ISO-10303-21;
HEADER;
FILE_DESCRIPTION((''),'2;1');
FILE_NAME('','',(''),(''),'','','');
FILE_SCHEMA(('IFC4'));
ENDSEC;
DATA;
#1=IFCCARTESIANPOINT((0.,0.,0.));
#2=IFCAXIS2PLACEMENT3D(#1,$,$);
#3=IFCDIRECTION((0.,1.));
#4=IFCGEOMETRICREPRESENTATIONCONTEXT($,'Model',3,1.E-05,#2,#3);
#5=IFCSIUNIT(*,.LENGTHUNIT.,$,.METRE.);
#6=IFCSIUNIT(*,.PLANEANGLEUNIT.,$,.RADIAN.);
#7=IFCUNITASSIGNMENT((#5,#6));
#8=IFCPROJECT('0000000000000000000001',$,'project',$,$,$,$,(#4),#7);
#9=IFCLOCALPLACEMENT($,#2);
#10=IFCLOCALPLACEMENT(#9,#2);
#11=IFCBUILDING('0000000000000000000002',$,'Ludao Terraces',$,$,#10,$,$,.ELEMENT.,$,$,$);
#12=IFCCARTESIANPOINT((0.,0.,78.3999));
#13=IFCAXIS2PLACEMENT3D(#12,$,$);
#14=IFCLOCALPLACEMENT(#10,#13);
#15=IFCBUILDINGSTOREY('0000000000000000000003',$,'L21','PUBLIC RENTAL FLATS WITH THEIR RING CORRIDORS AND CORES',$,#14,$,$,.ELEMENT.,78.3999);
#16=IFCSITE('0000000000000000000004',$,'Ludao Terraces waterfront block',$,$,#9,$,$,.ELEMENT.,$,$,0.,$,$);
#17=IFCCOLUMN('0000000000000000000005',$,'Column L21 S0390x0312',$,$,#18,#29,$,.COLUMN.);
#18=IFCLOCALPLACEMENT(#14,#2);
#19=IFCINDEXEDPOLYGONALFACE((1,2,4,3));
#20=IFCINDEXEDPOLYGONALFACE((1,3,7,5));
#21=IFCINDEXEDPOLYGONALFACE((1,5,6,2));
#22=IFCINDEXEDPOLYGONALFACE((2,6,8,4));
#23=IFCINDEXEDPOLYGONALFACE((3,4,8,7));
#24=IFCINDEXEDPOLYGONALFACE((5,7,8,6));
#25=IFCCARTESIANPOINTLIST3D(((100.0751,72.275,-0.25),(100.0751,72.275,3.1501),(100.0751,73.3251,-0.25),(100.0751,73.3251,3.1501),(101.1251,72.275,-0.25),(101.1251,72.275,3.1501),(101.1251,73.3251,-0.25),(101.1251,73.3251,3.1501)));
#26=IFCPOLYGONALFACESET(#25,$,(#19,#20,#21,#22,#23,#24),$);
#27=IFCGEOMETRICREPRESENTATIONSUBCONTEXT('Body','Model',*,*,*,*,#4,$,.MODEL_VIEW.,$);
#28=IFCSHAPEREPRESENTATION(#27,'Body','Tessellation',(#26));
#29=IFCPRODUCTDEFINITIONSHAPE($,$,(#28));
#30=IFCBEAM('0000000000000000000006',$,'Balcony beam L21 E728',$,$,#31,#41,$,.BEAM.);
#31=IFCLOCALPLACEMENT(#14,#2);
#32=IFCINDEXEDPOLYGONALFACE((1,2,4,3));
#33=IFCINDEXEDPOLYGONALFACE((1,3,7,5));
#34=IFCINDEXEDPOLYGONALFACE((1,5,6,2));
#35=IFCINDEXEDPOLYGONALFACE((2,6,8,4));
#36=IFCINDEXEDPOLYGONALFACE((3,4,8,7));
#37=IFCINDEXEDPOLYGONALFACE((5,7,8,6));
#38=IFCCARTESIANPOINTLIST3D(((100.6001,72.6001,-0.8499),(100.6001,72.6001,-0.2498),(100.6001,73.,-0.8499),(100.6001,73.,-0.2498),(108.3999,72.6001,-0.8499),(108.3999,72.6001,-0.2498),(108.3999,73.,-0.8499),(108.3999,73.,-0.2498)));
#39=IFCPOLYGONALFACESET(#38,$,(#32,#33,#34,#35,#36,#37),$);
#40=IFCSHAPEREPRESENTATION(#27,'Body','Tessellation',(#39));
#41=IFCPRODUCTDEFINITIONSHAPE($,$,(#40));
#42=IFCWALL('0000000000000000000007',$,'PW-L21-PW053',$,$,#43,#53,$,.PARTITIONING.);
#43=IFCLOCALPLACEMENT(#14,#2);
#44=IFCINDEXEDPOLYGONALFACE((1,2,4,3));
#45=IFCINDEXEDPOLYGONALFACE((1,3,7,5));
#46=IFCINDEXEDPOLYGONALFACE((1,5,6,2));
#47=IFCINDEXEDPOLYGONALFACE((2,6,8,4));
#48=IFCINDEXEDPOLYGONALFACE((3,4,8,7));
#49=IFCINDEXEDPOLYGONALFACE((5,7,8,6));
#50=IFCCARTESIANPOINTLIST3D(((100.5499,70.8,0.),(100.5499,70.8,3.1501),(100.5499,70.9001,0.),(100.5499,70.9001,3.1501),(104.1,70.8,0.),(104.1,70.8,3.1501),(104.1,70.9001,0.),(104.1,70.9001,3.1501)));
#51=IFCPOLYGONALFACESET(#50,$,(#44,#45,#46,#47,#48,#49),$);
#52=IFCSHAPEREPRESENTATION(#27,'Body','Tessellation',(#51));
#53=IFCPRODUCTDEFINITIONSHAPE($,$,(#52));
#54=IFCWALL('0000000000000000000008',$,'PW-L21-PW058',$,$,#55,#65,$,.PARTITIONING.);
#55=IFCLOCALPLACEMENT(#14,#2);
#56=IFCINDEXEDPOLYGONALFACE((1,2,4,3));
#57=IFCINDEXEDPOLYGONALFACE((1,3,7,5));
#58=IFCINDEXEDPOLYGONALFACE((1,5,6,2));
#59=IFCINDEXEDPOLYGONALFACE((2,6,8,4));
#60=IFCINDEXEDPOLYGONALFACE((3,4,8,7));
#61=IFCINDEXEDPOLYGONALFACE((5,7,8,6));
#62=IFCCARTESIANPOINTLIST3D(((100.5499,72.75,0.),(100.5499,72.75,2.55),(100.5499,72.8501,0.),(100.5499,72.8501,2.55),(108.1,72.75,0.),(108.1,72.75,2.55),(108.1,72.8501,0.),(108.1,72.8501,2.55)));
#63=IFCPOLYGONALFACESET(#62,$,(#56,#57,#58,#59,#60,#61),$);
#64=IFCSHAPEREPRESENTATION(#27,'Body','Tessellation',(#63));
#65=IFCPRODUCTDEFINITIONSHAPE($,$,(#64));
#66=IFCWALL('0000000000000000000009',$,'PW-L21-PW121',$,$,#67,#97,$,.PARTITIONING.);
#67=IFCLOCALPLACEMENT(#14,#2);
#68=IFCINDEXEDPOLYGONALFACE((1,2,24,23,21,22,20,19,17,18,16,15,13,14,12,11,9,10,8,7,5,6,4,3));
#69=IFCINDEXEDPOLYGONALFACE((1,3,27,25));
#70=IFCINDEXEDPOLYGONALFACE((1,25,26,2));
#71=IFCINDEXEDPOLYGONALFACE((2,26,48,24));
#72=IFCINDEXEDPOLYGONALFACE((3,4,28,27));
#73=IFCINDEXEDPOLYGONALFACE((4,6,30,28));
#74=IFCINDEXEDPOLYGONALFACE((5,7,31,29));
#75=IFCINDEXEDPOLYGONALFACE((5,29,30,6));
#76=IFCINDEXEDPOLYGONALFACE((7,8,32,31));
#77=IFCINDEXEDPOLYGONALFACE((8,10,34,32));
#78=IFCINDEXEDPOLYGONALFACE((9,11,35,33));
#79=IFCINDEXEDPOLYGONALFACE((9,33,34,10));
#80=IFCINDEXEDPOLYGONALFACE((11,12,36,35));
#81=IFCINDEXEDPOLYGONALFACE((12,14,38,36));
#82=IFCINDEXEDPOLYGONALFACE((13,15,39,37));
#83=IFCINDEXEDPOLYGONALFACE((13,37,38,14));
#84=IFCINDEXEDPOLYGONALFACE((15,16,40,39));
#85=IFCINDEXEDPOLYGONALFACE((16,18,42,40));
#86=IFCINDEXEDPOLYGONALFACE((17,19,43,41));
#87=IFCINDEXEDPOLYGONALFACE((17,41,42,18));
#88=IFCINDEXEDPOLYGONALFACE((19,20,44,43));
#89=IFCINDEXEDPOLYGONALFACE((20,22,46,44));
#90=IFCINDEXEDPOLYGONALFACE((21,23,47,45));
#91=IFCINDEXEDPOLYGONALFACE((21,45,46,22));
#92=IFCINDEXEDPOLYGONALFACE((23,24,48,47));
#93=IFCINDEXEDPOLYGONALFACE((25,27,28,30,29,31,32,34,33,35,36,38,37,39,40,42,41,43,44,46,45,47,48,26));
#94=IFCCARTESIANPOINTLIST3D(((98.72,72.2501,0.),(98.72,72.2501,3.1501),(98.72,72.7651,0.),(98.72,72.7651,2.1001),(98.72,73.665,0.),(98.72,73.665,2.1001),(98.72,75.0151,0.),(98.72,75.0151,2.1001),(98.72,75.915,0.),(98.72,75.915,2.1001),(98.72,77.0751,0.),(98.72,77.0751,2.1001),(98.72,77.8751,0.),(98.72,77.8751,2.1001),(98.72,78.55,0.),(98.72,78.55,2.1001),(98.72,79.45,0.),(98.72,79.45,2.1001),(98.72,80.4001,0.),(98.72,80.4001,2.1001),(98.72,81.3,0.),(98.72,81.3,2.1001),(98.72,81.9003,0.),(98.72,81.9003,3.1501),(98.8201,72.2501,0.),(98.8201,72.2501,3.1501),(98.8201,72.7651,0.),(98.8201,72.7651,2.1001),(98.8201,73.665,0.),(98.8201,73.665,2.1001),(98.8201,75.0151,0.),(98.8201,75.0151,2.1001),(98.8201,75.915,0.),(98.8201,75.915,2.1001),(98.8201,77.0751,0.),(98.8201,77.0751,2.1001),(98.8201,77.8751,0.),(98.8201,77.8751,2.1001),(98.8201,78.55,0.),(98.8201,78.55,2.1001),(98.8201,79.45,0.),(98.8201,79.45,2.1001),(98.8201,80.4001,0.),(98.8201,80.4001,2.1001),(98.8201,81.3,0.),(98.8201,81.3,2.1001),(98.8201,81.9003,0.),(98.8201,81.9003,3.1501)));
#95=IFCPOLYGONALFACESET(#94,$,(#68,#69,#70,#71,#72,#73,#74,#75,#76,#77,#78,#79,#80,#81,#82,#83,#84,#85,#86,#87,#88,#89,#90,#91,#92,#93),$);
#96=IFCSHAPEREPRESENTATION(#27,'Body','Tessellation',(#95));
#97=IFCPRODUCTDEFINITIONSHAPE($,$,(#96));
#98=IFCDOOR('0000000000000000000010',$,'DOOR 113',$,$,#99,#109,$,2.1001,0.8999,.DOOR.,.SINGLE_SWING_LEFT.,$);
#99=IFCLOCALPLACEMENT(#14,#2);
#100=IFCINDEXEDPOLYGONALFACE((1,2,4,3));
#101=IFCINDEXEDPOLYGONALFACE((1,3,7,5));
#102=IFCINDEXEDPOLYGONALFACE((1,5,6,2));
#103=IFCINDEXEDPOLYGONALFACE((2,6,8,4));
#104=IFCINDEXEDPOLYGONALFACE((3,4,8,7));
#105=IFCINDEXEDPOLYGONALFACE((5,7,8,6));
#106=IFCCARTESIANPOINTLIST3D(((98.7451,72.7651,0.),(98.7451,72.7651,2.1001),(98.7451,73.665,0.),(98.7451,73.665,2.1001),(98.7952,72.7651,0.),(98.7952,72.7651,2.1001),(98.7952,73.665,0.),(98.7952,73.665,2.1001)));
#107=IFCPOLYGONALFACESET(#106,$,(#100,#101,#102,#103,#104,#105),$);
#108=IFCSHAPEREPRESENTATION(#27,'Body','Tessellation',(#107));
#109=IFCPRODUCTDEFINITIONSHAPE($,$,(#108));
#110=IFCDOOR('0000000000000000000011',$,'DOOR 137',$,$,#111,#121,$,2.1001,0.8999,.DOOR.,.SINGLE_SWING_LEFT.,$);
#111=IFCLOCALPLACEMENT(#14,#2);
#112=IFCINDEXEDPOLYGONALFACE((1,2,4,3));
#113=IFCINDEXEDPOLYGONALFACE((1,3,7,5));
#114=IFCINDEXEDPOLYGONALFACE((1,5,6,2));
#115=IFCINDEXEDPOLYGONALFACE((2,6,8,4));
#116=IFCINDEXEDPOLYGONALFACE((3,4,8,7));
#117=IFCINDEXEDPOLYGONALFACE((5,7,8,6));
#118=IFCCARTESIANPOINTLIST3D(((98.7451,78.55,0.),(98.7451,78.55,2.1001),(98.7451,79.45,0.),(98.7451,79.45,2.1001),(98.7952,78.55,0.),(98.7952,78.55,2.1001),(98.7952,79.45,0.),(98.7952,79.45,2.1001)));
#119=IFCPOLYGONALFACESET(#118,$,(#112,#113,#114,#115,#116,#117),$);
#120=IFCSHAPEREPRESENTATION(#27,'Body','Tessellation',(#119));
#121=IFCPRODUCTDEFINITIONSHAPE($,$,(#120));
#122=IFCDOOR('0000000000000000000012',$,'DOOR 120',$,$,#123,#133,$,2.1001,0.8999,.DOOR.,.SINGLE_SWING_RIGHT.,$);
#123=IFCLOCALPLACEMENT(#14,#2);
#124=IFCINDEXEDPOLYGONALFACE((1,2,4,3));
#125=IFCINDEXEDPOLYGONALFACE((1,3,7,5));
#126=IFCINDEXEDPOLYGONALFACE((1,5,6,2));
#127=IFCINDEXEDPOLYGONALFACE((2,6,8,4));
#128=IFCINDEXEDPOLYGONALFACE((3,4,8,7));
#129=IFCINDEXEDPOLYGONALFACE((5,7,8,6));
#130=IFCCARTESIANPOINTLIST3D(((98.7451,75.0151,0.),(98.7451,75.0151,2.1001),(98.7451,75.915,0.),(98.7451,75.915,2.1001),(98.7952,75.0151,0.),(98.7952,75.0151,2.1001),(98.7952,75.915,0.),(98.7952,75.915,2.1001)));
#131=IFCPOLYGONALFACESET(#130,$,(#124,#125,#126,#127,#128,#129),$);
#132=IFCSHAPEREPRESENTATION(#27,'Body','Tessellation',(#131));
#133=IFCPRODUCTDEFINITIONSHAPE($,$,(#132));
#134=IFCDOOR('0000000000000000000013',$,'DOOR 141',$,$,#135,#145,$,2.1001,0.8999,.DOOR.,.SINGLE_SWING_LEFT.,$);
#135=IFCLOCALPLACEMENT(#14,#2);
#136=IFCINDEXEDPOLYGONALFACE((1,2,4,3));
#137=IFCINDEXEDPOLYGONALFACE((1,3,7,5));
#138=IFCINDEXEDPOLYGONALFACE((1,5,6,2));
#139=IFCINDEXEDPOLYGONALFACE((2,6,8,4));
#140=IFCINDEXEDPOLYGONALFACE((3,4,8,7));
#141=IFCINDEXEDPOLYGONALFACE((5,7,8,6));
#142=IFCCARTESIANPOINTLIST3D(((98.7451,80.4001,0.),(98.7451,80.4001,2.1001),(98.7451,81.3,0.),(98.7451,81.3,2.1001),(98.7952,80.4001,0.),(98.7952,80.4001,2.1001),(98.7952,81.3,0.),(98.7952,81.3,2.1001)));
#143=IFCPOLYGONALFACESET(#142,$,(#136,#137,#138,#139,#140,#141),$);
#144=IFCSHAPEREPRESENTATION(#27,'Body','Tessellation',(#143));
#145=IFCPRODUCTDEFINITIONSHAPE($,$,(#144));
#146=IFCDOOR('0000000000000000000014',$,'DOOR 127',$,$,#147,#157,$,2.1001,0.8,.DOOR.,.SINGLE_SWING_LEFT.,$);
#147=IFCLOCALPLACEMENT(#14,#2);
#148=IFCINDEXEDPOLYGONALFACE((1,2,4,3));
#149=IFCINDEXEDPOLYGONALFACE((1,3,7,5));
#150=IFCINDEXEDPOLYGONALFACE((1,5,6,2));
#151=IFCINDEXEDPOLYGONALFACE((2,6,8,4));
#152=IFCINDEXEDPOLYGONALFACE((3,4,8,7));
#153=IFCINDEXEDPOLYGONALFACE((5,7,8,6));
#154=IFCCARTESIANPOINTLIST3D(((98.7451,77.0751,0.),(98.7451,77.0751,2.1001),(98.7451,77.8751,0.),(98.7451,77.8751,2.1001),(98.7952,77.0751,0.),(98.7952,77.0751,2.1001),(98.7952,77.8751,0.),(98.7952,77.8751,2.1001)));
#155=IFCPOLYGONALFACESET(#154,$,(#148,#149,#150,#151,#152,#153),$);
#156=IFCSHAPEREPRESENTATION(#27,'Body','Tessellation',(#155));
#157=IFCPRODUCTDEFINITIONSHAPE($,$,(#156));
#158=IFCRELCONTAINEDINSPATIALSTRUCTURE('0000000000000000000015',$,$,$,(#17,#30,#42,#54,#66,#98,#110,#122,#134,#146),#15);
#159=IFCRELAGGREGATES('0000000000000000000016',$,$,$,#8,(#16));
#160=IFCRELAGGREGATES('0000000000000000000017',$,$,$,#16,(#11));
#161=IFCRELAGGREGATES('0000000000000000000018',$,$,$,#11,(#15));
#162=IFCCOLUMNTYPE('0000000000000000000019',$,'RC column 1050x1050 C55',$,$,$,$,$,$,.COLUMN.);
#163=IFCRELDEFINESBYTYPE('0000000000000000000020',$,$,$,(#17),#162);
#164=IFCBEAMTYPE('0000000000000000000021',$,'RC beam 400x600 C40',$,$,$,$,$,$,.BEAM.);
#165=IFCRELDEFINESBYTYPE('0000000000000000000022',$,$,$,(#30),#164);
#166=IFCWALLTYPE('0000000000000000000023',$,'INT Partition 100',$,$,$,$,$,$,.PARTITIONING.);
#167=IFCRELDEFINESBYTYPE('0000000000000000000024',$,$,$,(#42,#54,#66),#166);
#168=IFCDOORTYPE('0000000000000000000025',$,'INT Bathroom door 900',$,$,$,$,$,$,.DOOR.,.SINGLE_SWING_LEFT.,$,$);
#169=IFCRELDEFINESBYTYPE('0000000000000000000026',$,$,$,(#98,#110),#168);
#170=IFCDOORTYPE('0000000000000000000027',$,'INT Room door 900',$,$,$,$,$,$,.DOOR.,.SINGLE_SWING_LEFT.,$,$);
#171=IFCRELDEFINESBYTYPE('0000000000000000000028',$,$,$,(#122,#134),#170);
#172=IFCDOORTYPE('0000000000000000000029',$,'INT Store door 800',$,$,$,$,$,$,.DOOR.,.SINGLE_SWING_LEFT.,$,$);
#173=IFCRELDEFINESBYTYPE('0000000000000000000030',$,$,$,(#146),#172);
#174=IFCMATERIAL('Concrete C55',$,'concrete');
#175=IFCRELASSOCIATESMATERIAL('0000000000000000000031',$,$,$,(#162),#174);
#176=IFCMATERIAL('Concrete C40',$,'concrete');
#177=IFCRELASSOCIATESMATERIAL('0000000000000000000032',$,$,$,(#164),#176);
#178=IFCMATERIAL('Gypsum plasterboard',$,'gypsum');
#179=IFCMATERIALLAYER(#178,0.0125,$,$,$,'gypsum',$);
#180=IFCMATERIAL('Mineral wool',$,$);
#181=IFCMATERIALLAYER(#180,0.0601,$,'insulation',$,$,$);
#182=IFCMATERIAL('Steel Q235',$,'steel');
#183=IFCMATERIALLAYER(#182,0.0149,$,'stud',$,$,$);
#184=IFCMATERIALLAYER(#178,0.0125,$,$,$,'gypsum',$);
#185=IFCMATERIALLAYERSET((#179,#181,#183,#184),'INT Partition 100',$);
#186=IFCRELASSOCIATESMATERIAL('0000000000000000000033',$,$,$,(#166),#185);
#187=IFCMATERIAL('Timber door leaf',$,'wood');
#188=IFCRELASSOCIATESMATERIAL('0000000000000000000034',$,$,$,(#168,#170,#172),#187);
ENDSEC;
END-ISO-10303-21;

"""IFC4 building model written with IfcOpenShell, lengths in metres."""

from ifc_helpers import new_model, si_unit, direction, frame, frame_2d, origin, origin_2d, place, context, subcontext, project, spatial, rectangle, extrude, material, layer, layer_set, material_profile, profile_set, type_object, element, fill, save


model = new_model("IFC4")

# Units and contexts
model_context = context("Model", 3, precision=1e-05, world=origin(), true_north=direction((0.0, 1.0)))
body_context = subcontext(model_context, "Body", "Model", "MODEL_VIEW")
ifc_project = project(units=[si_unit("LENGTHUNIT", "METRE"), si_unit("PLANEANGLEUNIT", "RADIAN")], contexts=[model_context])

# Site, building, storey
site_placement = place(None, origin())
site = spatial("IfcSite", under=ifc_project, at=site_placement, Name="Ludao Terraces waterfront block", CompositionType="ELEMENT", RefElevation=0.0)
building_placement = place(site_placement, origin())
building = spatial("IfcBuilding", under=site, at=building_placement, Name="Ludao Terraces", CompositionType="ELEMENT")
storey_placement = place(building_placement, frame((0.0, 0.0, 78.3999)))
storey = spatial("IfcBuildingStorey", under=building, at=storey_placement, Name="L21", Description="PUBLIC RENTAL FLATS WITH THEIR RING CORRIDORS AND CORES", CompositionType="ELEMENT", Elevation=78.3999)

# Column
ifc_material_1 = material(Name="Concrete C55", Category="concrete")
ifc_material_profile_1 = material_profile(ifc_material_1, rectangle(XDim=1.05, YDim=1.05, at=origin_2d()), Name="1050 X 1050")
ifc_profile_set_1 = profile_set([ifc_material_profile_1], Name="Concrete C55")
column_type = type_object("IfcColumnType", Name="RC column 1050x1050 C55", PredefinedType="COLUMN", material=ifc_profile_set_1)
column_placement = place(storey_placement, frame((100.6001, 72.8, -0.25), z_axis=(0.0, 0.0, 1.0), x_axis=(1.0, 0.0, 0.0)))
element("IfcColumn", 1, at=column_placement, inside=storey, type_object=column_type, Name="Column L21 S0390x0312", PredefinedType="COLUMN", context=body_context, shape_type="SweptSolid", body=[
    extrude(rectangle(XDim=1.05, YDim=1.05, at=origin_2d()), origin(), (0.0, 0.0, 1.0), 3.4001),
])

# Beam
ifc_material_2 = material(Name="Concrete C40", Category="concrete")
ifc_material_profile_2 = material_profile(ifc_material_2, rectangle(XDim=0.3999, YDim=0.6001, at=origin_2d()), Name="400 X 600")
ifc_profile_set_2 = profile_set([ifc_material_profile_2], Name="Concrete C40")
beam_type = type_object("IfcBeamType", Name="RC beam 400x600 C40", PredefinedType="BEAM", material=ifc_profile_set_2)
beam_placement = place(storey_placement, frame((100.6001, 72.8, -0.5498), z_axis=(1.0, 0.0, 0.0), x_axis=(0.0, 1.0, 0.0)))
element("IfcBeam", 2, at=beam_placement, inside=storey, type_object=beam_type, Name="Balcony beam L21 E728", PredefinedType="BEAM", context=body_context, shape_type="SweptSolid", body=[
    extrude(rectangle(XDim=0.3999, YDim=0.6001, at=origin_2d()), origin(), (0.0, 0.0, 1.0), 7.7998),
])

# Shared definitions
ifc_material_3 = material(Name="Mineral wool")

# Walls
ifc_material_4 = material(Name="Gypsum plasterboard", Category="gypsum")
ifc_layer_1 = layer(ifc_material_4, 0.0125, Category="gypsum")
ifc_layer_2 = layer(ifc_material_3, 0.0601, Name="insulation")
ifc_material_5 = material(Name="Steel Q235", Category="steel")
ifc_layer_3 = layer(ifc_material_5, 0.0149, Name="stud")
ifc_layer_4 = layer(ifc_material_4, 0.0125, Category="gypsum")
ifc_layer_set_1 = layer_set([ifc_layer_1, ifc_layer_2, ifc_layer_3, ifc_layer_4], Name="INT Partition 100")
wall_type_1 = type_object("IfcWallType", Name="INT Partition 100", PredefinedType="PARTITIONING", material=ifc_layer_set_1)
wall_1_placement = place(storey_placement, frame((100.55, 70.8501, 0.0), z_axis=(0.0, 0.0, 1.0), x_axis=(1.0, 0.0, 0.0)))
element("IfcWall", 3, at=wall_1_placement, inside=storey, type_object=wall_type_1, Name="PW-L21-PW053", PredefinedType="PARTITIONING", context=body_context, shape_type="SweptSolid", body=[
    extrude(rectangle(XDim=3.55, YDim=0.1001, at=frame_2d((1.7749, 0.0))), origin(), (0.0, 0.0, 1.0), 3.1501),
])
wall_2_placement = place(storey_placement, frame((100.55, 72.8, 0.0), z_axis=(0.0, 0.0, 1.0), x_axis=(1.0, 0.0, 0.0)))
element("IfcWall", 4, at=wall_2_placement, inside=storey, type_object=wall_type_1, Name="PW-L21-PW058", PredefinedType="PARTITIONING", context=body_context, shape_type="SweptSolid", body=[
    extrude(rectangle(XDim=7.55, YDim=0.1001, at=frame_2d((3.7749, 0.0))), origin(), (0.0, 0.0, 1.0), 2.55),
])

# Wall, openings, doors
wall_3_placement = place(storey_placement, frame((98.77, 72.25, 0.0), z_axis=(0.0, 0.0, 1.0), x_axis=(0.0, 1.0, 0.0)))
wall_3 = element("IfcWall", 5, at=wall_3_placement, inside=storey, type_object=wall_type_1, Name="PW-L21-PW121", PredefinedType="PARTITIONING", context=body_context, shape_type="SweptSolid", body=[
    extrude(rectangle(XDim=9.6501, YDim=0.1001, at=frame_2d((4.8252, 0.0))), origin(), (0.0, 0.0, 1.0), 3.1501),
])
opening_1_placement = place(wall_3_placement, frame((0.5151, 0.0, 0.0)))
opening_1 = element("IfcOpeningElement", 6, at=opening_1_placement, cuts=wall_3, PredefinedType="OPENING", context=body_context, shape_type="SweptSolid", body=[
    extrude(rectangle(XDim=0.8999, YDim=2.1001, at=frame_2d((0.45, 1.05))), frame((0.0, 0.0601, 0.0), z_axis=(0.0, -1.0, 0.0), x_axis=(1.0, 0.0, 0.0)), (0.0, 0.0, 1.0), 0.1201),
])
opening_2_placement = place(wall_3_placement, frame((2.7651, 0.0, 0.0)))
opening_2 = element("IfcOpeningElement", 7, at=opening_2_placement, cuts=wall_3, PredefinedType="OPENING", context=body_context, shape_type="SweptSolid", body=[
    extrude(rectangle(XDim=0.8999, YDim=2.1001, at=frame_2d((0.45, 1.05))), frame((0.0, 0.0601, 0.0), z_axis=(0.0, -1.0, 0.0), x_axis=(1.0, 0.0, 0.0)), (0.0, 0.0, 1.0), 0.1201),
])
opening_3_placement = place(wall_3_placement, frame((4.8252, 0.0, 0.0)))
opening_3 = element("IfcOpeningElement", 8, at=opening_3_placement, cuts=wall_3, PredefinedType="OPENING", context=body_context, shape_type="SweptSolid", body=[
    extrude(rectangle(XDim=0.8, YDim=2.1001, at=frame_2d((0.3999, 1.05))), frame((0.0, 0.0601, 0.0), z_axis=(0.0, -1.0, 0.0), x_axis=(1.0, 0.0, 0.0)), (0.0, 0.0, 1.0), 0.1201),
])
opening_4_placement = place(wall_3_placement, frame((6.3, 0.0, 0.0)))
opening_4 = element("IfcOpeningElement", 9, at=opening_4_placement, cuts=wall_3, PredefinedType="OPENING", context=body_context, shape_type="SweptSolid", body=[
    extrude(rectangle(XDim=0.8999, YDim=2.1001, at=frame_2d((0.45, 1.05))), frame((0.0, 0.0601, 0.0), z_axis=(0.0, -1.0, 0.0), x_axis=(1.0, 0.0, 0.0)), (0.0, 0.0, 1.0), 0.1201),
])
opening_5_placement = place(wall_3_placement, frame((8.1501, 0.0, 0.0)))
opening_5 = element("IfcOpeningElement", 10, at=opening_5_placement, cuts=wall_3, PredefinedType="OPENING", context=body_context, shape_type="SweptSolid", body=[
    extrude(rectangle(XDim=0.8999, YDim=2.1001, at=frame_2d((0.45, 1.05))), frame((0.0, 0.0601, 0.0), z_axis=(0.0, -1.0, 0.0), x_axis=(1.0, 0.0, 0.0)), (0.0, 0.0, 1.0), 0.1201),
])
ifc_material_6 = material(Name="Timber door leaf", Category="wood")
door_type_1 = type_object("IfcDoorType", Name="INT Bathroom door 900", OperationType="SINGLE_SWING_LEFT", PredefinedType="DOOR", material=ifc_material_6)
door_1_placement = place(opening_1_placement, origin())
door_1 = element("IfcDoor", 11, at=door_1_placement, inside=storey, type_object=door_type_1, Name="DOOR 113", OperationType="SINGLE_SWING_LEFT", OverallHeight=2.1001, OverallWidth=0.8999, PredefinedType="DOOR", context=body_context, shape_type="SweptSolid", body=[
    extrude(rectangle(XDim=0.8999, YDim=2.1001, at=frame_2d((0.45, 1.05))), frame((0.0, 0.0249, 0.0), z_axis=(0.0, -1.0, 0.0), x_axis=(1.0, 0.0, 0.0)), (0.0, 0.0, 1.0), 0.05),
])
fill(opening_1, door_1)
door_2_placement = place(opening_4_placement, origin())
door_2 = element("IfcDoor", 12, at=door_2_placement, inside=storey, type_object=door_type_1, Name="DOOR 137", OperationType="SINGLE_SWING_LEFT", OverallHeight=2.1001, OverallWidth=0.8999, PredefinedType="DOOR", context=body_context, shape_type="SweptSolid", body=[
    extrude(rectangle(XDim=0.8999, YDim=2.1001, at=frame_2d((0.45, 1.05))), frame((0.0, 0.0249, 0.0), z_axis=(0.0, -1.0, 0.0), x_axis=(1.0, 0.0, 0.0)), (0.0, 0.0, 1.0), 0.05),
])
fill(opening_4, door_2)
door_type_2 = type_object("IfcDoorType", Name="INT Room door 900", OperationType="SINGLE_SWING_LEFT", PredefinedType="DOOR", material=ifc_material_6)
door_3_placement = place(opening_2_placement, origin())
door_3 = element("IfcDoor", 13, at=door_3_placement, inside=storey, type_object=door_type_2, Name="DOOR 120", OperationType="SINGLE_SWING_RIGHT", OverallHeight=2.1001, OverallWidth=0.8999, PredefinedType="DOOR", context=body_context, shape_type="SweptSolid", body=[
    extrude(rectangle(XDim=0.8999, YDim=2.1001, at=frame_2d((0.45, 1.05))), frame((0.0, 0.0249, 0.0), z_axis=(0.0, -1.0, 0.0), x_axis=(1.0, 0.0, 0.0)), (0.0, 0.0, 1.0), 0.05),
])
fill(opening_2, door_3)
door_4_placement = place(opening_5_placement, origin())
door_4 = element("IfcDoor", 14, at=door_4_placement, inside=storey, type_object=door_type_2, Name="DOOR 141", OperationType="SINGLE_SWING_LEFT", OverallHeight=2.1001, OverallWidth=0.8999, PredefinedType="DOOR", context=body_context, shape_type="SweptSolid", body=[
    extrude(rectangle(XDim=0.8999, YDim=2.1001, at=frame_2d((0.45, 1.05))), frame((0.0, 0.0249, 0.0), z_axis=(0.0, -1.0, 0.0), x_axis=(1.0, 0.0, 0.0)), (0.0, 0.0, 1.0), 0.05),
])
fill(opening_5, door_4)
door_type_3 = type_object("IfcDoorType", Name="INT Store door 800", OperationType="SINGLE_SWING_LEFT", PredefinedType="DOOR", material=ifc_material_6)
door_5_placement = place(opening_3_placement, origin())
door_5 = element("IfcDoor", 15, at=door_5_placement, inside=storey, type_object=door_type_3, Name="DOOR 127", OperationType="SINGLE_SWING_LEFT", OverallHeight=2.1001, OverallWidth=0.8, PredefinedType="DOOR", context=body_context, shape_type="SweptSolid", body=[
    extrude(rectangle(XDim=0.8, YDim=2.1001, at=frame_2d((0.3999, 1.05))), frame((0.0, 0.0249, 0.0), z_axis=(0.0, -1.0, 0.0), x_axis=(1.0, 0.0, 0.0)), (0.0, 0.0, 1.0), 0.05),
])
fill(opening_3, door_5)

save(model, "model.ifc")
